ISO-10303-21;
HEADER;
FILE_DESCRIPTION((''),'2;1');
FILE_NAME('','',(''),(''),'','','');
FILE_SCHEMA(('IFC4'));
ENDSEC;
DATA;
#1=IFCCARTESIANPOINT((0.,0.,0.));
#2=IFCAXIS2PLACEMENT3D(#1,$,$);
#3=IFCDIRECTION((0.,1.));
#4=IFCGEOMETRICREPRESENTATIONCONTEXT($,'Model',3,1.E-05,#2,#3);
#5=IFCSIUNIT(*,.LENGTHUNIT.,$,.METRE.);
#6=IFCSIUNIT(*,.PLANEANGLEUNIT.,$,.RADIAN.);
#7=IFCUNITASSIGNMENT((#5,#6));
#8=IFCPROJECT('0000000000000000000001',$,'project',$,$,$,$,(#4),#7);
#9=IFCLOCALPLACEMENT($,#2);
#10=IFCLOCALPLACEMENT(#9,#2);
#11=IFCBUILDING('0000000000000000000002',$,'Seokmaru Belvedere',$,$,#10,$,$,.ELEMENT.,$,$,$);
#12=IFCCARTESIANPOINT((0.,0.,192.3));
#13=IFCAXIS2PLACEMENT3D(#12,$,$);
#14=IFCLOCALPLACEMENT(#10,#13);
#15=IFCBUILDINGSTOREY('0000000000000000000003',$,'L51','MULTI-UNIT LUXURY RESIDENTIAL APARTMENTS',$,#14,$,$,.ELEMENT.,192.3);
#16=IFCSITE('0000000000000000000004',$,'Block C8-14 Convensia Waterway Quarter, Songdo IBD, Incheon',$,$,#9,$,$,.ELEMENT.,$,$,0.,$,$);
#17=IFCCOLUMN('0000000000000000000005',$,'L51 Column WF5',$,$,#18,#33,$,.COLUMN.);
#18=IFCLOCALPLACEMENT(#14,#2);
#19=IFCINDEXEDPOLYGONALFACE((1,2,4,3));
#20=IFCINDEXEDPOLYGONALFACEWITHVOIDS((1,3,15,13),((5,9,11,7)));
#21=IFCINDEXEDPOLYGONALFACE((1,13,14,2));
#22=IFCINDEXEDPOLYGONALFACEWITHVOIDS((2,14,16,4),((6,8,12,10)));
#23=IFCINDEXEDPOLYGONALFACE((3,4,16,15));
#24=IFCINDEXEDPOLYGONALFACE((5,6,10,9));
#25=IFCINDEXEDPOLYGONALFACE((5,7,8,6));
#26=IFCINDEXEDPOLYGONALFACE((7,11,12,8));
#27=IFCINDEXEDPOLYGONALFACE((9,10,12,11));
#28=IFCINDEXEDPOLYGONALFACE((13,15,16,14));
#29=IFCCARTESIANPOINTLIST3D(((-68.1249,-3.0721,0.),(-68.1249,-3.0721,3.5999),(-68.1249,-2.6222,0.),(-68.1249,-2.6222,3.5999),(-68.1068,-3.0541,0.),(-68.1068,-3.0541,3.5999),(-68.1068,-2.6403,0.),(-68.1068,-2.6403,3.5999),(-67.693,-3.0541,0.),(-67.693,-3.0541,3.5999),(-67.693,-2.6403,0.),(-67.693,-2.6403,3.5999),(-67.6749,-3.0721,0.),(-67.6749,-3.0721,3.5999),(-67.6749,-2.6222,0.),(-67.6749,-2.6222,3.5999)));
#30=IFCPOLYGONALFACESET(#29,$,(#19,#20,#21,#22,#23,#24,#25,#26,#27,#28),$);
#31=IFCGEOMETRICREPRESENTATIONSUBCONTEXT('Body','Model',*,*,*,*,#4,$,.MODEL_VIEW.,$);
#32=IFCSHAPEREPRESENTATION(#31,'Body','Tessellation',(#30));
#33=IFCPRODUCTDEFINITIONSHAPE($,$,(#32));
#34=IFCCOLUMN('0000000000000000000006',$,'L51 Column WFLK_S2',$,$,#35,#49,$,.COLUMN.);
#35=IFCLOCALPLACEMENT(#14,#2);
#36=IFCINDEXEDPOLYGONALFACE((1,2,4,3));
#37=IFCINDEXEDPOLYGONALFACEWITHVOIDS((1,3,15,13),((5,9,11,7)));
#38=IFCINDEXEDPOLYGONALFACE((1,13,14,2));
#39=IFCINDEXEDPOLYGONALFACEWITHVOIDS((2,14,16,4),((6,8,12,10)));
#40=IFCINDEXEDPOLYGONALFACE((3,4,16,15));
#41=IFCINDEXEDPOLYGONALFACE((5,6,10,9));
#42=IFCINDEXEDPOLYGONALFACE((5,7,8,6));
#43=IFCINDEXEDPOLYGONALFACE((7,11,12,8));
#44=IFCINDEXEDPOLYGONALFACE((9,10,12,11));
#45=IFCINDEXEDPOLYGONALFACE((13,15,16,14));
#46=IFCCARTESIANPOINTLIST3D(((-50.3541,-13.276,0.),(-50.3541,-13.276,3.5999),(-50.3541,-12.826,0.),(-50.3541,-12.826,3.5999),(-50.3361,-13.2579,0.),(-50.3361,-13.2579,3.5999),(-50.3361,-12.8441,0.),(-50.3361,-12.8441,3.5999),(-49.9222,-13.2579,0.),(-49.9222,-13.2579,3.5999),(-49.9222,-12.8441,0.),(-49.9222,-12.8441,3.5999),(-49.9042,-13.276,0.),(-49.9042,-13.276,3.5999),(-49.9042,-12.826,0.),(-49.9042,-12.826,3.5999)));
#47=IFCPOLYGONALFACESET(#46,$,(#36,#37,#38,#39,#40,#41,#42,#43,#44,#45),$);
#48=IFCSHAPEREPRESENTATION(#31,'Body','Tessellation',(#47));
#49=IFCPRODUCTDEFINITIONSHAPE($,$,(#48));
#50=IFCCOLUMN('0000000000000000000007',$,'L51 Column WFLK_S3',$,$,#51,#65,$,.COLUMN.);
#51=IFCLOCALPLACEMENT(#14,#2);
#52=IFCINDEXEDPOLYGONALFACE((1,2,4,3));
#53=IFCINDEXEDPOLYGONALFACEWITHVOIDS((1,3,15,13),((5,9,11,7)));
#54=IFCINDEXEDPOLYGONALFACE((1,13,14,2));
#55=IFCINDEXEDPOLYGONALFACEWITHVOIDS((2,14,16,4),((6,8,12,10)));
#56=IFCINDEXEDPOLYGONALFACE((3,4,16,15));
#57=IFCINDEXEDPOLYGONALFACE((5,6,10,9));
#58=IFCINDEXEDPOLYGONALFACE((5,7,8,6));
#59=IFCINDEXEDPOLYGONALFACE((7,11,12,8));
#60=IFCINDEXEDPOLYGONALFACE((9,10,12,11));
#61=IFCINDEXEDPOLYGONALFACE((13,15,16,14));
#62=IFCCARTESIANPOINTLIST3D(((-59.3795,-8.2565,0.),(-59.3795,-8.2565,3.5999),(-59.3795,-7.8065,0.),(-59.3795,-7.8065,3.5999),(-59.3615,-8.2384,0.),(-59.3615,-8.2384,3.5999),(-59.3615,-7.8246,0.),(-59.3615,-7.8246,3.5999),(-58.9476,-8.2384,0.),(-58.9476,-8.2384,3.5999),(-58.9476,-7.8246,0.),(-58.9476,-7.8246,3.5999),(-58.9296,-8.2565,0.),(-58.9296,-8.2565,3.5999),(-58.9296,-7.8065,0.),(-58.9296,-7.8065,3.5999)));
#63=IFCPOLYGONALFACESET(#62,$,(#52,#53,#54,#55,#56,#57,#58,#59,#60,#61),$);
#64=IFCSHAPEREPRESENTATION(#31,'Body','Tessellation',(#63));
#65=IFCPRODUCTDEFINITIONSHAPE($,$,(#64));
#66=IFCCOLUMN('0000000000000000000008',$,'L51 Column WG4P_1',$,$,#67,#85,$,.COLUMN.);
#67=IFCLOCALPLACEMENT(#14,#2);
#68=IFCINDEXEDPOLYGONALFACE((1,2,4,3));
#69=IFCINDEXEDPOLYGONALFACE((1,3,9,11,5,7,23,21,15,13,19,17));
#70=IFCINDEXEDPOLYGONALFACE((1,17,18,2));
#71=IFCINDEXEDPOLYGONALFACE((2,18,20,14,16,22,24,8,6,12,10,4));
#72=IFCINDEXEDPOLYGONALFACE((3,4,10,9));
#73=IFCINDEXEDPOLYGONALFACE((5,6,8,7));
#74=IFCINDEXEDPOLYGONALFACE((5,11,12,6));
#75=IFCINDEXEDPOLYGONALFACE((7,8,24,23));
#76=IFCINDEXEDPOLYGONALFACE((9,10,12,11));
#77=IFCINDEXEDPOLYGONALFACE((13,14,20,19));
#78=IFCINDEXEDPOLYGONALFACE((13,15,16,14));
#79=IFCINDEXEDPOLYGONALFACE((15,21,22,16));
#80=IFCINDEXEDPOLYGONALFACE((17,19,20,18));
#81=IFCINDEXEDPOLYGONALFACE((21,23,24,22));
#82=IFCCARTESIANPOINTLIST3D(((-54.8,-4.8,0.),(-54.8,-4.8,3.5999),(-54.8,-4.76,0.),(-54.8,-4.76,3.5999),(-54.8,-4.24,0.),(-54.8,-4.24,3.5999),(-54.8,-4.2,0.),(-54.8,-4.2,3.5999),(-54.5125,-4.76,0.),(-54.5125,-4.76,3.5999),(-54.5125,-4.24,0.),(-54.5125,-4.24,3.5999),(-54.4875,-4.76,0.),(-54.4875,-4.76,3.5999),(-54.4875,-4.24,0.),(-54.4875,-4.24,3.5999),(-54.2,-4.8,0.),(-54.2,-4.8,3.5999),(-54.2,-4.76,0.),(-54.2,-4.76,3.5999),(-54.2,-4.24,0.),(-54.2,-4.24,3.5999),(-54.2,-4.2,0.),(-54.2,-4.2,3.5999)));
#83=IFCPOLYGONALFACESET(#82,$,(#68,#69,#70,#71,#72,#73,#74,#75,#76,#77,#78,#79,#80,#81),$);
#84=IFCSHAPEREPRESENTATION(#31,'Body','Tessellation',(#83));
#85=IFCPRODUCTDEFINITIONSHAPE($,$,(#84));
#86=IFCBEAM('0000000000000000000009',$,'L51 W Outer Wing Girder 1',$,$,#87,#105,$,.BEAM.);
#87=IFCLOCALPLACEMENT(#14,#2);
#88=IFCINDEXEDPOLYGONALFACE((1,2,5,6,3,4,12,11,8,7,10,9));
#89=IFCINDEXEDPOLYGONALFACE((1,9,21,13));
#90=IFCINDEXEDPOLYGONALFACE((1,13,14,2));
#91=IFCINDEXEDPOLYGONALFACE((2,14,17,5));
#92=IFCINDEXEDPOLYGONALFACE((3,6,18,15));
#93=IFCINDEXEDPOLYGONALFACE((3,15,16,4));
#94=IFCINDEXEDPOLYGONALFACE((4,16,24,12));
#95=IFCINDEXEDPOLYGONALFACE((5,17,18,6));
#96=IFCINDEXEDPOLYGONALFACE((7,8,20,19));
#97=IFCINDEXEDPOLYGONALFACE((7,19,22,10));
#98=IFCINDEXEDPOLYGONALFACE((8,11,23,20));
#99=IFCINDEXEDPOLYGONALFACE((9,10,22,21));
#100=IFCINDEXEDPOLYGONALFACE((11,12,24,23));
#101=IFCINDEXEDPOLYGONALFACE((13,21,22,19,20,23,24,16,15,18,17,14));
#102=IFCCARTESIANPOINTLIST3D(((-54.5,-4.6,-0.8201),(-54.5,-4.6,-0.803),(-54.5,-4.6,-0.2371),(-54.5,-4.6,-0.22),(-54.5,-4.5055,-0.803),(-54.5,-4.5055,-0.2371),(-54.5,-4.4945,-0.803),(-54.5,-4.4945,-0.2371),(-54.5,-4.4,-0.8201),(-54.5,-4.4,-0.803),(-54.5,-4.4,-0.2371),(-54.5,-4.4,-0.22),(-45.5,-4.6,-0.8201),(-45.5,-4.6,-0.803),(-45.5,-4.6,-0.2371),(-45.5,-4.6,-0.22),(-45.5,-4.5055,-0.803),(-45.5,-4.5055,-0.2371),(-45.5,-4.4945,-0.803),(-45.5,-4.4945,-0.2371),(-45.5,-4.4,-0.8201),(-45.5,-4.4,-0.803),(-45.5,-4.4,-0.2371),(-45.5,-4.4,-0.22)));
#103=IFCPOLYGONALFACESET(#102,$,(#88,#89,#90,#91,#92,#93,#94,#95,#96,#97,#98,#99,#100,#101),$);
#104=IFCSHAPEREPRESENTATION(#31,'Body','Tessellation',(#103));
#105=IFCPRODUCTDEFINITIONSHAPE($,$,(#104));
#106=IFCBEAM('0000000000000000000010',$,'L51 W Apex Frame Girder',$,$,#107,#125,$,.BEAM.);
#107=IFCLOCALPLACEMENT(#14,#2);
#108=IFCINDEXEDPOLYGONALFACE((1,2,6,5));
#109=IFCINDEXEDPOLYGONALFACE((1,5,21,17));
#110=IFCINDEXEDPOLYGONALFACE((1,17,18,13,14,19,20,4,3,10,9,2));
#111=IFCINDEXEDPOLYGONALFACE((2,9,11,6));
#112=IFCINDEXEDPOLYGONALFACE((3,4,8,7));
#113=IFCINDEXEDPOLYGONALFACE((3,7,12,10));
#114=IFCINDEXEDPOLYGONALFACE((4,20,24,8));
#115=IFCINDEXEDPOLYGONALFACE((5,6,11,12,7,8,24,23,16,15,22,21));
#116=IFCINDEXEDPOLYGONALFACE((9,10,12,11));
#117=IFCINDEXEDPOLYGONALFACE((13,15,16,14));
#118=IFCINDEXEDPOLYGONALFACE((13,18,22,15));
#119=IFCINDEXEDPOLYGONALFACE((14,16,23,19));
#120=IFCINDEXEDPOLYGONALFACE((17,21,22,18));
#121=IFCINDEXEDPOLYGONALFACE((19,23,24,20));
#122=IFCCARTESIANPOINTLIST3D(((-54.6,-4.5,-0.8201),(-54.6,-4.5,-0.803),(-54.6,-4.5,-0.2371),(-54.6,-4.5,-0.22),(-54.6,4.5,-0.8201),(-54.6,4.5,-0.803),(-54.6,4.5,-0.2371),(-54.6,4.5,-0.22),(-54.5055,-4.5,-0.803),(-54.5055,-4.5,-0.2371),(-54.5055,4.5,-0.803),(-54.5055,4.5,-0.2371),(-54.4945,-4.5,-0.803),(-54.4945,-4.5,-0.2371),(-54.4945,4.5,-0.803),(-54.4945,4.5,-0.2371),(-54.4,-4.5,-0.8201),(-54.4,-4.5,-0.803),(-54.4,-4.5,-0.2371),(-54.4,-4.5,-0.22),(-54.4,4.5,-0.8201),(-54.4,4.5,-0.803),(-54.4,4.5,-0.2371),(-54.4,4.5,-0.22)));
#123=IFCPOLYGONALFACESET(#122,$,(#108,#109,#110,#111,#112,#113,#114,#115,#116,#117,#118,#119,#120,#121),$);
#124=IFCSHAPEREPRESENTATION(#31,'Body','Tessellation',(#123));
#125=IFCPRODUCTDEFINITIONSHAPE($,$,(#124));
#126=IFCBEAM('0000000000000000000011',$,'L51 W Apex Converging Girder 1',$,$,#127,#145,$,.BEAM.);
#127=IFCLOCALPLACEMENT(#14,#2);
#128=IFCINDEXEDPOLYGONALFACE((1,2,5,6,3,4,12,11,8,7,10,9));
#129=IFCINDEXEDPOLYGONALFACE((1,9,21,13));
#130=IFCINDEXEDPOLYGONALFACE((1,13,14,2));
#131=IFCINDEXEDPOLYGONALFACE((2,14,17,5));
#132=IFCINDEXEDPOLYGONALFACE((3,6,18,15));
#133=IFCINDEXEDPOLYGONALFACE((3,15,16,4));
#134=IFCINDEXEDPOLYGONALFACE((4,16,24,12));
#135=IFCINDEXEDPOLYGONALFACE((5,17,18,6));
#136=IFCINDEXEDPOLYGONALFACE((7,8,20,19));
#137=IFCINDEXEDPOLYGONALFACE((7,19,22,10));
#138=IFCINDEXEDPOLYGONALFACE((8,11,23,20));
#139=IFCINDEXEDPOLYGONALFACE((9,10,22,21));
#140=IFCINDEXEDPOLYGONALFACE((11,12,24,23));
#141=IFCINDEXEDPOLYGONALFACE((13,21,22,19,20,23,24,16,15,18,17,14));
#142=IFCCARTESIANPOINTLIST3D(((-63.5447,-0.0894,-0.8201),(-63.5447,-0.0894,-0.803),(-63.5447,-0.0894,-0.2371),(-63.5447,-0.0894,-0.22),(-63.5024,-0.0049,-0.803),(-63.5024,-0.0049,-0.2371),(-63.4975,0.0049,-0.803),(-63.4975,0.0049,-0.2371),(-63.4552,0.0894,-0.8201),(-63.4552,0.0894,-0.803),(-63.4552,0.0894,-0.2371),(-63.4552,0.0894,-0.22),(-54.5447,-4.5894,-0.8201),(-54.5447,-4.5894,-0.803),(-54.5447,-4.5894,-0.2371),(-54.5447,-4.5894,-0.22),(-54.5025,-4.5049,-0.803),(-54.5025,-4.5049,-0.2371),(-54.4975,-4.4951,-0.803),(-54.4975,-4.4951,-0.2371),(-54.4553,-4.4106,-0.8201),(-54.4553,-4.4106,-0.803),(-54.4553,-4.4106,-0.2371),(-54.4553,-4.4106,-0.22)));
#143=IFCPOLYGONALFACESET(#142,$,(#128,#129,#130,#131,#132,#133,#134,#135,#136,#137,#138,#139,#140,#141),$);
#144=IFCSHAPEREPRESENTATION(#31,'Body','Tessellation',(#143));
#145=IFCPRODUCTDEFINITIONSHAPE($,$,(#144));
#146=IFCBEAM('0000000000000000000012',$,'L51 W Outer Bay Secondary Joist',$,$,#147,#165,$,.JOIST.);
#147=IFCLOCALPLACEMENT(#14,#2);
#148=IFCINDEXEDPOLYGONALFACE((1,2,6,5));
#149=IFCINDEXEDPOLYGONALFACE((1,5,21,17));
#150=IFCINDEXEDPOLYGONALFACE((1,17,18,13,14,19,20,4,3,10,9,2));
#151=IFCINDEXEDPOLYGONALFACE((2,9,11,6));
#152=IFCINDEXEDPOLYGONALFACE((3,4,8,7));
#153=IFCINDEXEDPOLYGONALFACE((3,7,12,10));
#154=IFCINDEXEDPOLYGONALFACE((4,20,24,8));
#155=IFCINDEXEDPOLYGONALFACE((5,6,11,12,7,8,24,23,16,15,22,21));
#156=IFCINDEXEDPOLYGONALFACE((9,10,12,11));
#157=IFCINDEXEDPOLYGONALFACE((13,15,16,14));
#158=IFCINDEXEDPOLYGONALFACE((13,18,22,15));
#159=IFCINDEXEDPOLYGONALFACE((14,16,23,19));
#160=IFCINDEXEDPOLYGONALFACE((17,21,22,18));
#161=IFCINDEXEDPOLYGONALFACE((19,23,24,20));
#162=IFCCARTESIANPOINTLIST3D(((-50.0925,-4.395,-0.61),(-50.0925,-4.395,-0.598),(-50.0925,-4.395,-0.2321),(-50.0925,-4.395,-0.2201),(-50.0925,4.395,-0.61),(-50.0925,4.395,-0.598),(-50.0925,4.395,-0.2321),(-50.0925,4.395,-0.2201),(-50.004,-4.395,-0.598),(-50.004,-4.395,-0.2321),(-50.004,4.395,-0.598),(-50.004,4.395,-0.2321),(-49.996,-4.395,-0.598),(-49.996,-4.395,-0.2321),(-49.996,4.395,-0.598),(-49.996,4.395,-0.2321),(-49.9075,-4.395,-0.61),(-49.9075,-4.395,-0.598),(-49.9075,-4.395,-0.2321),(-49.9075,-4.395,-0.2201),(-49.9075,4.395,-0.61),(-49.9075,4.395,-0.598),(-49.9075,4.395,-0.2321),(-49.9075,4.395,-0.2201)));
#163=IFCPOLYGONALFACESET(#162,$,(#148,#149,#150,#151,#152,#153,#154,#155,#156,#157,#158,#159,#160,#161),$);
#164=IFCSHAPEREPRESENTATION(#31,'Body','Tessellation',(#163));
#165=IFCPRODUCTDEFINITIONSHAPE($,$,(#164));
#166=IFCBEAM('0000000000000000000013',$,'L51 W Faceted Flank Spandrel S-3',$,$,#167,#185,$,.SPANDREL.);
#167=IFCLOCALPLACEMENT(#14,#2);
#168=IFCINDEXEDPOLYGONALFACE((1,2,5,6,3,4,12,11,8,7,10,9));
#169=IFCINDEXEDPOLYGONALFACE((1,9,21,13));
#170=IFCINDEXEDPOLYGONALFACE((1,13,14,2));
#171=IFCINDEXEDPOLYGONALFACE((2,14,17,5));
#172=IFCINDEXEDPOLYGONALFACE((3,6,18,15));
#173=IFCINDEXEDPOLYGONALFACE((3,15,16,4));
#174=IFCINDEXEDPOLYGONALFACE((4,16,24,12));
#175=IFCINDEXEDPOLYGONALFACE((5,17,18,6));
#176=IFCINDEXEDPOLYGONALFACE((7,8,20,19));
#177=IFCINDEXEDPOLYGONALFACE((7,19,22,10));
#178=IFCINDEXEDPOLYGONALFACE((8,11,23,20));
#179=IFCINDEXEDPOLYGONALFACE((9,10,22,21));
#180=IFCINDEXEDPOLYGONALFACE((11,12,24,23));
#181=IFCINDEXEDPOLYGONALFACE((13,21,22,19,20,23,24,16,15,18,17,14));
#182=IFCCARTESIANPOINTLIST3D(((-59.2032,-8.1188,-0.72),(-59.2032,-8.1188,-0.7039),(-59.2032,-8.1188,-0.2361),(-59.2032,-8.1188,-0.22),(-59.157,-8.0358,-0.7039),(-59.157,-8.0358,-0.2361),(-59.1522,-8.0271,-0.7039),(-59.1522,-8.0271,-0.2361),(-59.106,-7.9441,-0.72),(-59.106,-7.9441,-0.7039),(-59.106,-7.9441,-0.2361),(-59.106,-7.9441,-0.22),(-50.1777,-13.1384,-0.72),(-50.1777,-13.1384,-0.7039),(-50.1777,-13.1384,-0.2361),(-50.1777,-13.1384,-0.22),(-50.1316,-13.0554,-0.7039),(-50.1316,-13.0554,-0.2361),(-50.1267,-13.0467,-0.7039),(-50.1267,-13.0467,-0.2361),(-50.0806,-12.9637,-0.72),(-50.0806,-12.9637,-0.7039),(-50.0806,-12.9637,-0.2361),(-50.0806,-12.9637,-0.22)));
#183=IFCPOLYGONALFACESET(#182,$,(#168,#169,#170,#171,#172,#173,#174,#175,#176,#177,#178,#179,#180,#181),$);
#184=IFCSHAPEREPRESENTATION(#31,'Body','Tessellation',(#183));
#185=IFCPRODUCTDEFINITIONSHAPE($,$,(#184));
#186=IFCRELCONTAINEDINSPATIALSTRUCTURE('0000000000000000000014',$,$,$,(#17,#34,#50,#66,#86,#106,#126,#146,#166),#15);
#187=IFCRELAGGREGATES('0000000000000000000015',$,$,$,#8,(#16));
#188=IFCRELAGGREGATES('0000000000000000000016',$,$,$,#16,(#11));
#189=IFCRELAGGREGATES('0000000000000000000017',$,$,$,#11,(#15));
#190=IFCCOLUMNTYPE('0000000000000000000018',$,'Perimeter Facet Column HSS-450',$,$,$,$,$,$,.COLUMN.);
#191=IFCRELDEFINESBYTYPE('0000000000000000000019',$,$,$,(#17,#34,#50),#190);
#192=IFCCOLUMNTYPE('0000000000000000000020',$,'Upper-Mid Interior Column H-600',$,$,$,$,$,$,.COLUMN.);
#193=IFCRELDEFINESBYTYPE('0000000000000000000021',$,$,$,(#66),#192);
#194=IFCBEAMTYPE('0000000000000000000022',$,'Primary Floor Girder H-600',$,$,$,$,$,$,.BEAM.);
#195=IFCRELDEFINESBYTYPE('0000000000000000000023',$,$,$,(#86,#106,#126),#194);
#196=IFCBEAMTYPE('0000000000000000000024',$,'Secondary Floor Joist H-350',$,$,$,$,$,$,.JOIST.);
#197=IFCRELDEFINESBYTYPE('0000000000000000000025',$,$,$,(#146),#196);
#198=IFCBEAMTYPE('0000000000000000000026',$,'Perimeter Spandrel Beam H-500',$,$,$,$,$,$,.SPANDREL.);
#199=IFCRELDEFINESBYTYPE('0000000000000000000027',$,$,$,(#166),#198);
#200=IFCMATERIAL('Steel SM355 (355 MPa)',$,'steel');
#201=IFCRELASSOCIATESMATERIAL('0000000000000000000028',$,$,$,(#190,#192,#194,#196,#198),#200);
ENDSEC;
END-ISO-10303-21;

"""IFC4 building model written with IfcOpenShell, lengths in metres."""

from ifc_helpers import new_model, si_unit, direction, frame, origin, origin_2d, place, context, subcontext, project, spatial, hollow_rectangle, i_section, extrude, source, transform, mapped, material, material_profile, profile_set, type_object, type_shapes, element, save


model = new_model("IFC4")

# Units and contexts
model_context = context("Model", 3, precision=1e-05, world=origin(), true_north=direction((0.0, 1.0)))
body_context = subcontext(model_context, "Body", "Model", "MODEL_VIEW")
ifc_project = project(units=[si_unit("LENGTHUNIT", "METRE"), si_unit("PLANEANGLEUNIT", "RADIAN")], contexts=[model_context])

# Site, building, storey
site_placement = place(None, origin())
site = spatial("IfcSite", under=ifc_project, at=site_placement, Name="Block C8-14 Convensia Waterway Quarter, Songdo IBD, Incheon", CompositionType="ELEMENT", RefElevation=0.0)
building_placement = place(site_placement, origin())
building = spatial("IfcBuilding", under=site, at=building_placement, Name="Seokmaru Belvedere", CompositionType="ELEMENT")
storey_placement = place(building_placement, frame((0.0, 0.0, 192.3)))
storey = spatial("IfcBuildingStorey", under=building, at=storey_placement, Name="L51", Description="MULTI-UNIT LUXURY RESIDENTIAL APARTMENTS", CompositionType="ELEMENT", Elevation=192.3)

# Columns
ifc_material_1 = material(Name="Steel SM355 (355 MPa)", Category="steel")
ifc_material_profile_1 = material_profile(ifc_material_1, hollow_rectangle(XDim=0.45, YDim=0.45, WallThickness=0.0181, at=origin_2d()), Name="HSS-450x450x18")
ifc_profile_set_1 = profile_set([ifc_material_profile_1], Name="Steel SM355 (355 MPa)")
column_type_1 = type_object("IfcColumnType", Name="Perimeter Facet Column HSS-450", PredefinedType="COLUMN", material=ifc_profile_set_1)
shared_shape_1 = source(origin(), body_context, "Body", "SweptSolid", [
    extrude(hollow_rectangle(XDim=0.45, YDim=0.45, WallThickness=0.0181, at=origin_2d()), origin(), (0.0, 0.0, 1.0), 3.5999),
])
type_shapes(column_type_1, [shared_shape_1])
for number, where, z_axis, x_axis, name in (
    (1, (-67.8999, -2.8472, 0.0), (0.0, 0.0, 1.0), (1.0, 0.0, 0.0), "L51 Column WF5"),
    (2, (-50.1292, -13.051, 0.0), (0.0, 0.0, 1.0), (1.0, 0.0, 0.0), "L51 Column WFLK_S2"),
    (3, (-59.1545, -8.0315, 0.0), (0.0, 0.0, 1.0), (1.0, 0.0, 0.0), "L51 Column WFLK_S3"),
):
    element("IfcColumn", number, at=place(storey_placement, frame(where, z_axis=z_axis, x_axis=x_axis)), inside=storey, type_object=column_type_1, Name=name, PredefinedType="COLUMN", context=body_context, shape_type="MappedRepresentation", body=[
        mapped(shared_shape_1, transform((0.0, 0.0, 0.0), scale=1.0)),
    ])
ifc_material_profile_2 = material_profile(ifc_material_1, i_section(OverallWidth=0.6001, OverallDepth=0.6001, WebThickness=0.0249, FlangeThickness=0.04, at=origin_2d()), Name="H-600x600x25x40")
ifc_profile_set_2 = profile_set([ifc_material_profile_2], Name="Steel SM355 (355 MPa)")
column_type_2 = type_object("IfcColumnType", Name="Upper-Mid Interior Column H-600", PredefinedType="COLUMN", material=ifc_profile_set_2)
shared_shape_2 = source(origin(), body_context, "Body", "SweptSolid", [
    extrude(i_section(OverallWidth=0.6001, OverallDepth=0.6001, WebThickness=0.0249, FlangeThickness=0.04, at=origin_2d()), origin(), (0.0, 0.0, 1.0), 3.5999),
])
type_shapes(column_type_2, [shared_shape_2])
column_placement = place(storey_placement, frame((-54.5, -4.5, 0.0), z_axis=(0.0, 0.0, 1.0), x_axis=(1.0, 0.0, 0.0)))
element("IfcColumn", 4, at=column_placement, inside=storey, type_object=column_type_2, Name="L51 Column WG4P_1", PredefinedType="COLUMN", context=body_context, shape_type="MappedRepresentation", body=[
    mapped(shared_shape_2, transform((0.0, 0.0, 0.0), scale=1.0)),
])

# Beams
ifc_material_profile_3 = material_profile(ifc_material_1, i_section(OverallWidth=0.2, OverallDepth=0.6001, WebThickness=0.011, FlangeThickness=0.0171, at=origin_2d()), Name="H-600x200x11x17")
ifc_profile_set_3 = profile_set([ifc_material_profile_3], Name="Steel SM355 (355 MPa)")
beam_type_1 = type_object("IfcBeamType", Name="Primary Floor Girder H-600", PredefinedType="BEAM", material=ifc_profile_set_3)
shared_shape_3 = source(origin(), body_context, "Body", "SweptSolid", [
    extrude(i_section(OverallWidth=0.2, OverallDepth=0.6001, WebThickness=0.011, FlangeThickness=0.0171, at=origin_2d()), origin(), (0.0, 0.0, 1.0), 9.0),
])
for number, where, z_axis, x_axis, name in (
    (5, (-54.5, -4.5, -0.52), (1.0, 0.0, 0.0), (0.0, 1.0, 0.0), "L51 W Outer Wing Girder 1"),
    (6, (-54.5, -4.5, -0.52), (0.0, 1.0, 0.0), (-1.0, 0.0, 0.0), "L51 W Apex Frame Girder"),
):
    element("IfcBeam", number, at=place(storey_placement, frame(where, z_axis=z_axis, x_axis=x_axis)), inside=storey, type_object=beam_type_1, Name=name, PredefinedType="BEAM", context=body_context, shape_type="MappedRepresentation", body=[
        mapped(shared_shape_3, transform((0.0, 0.0, 0.0), scale=1.0)),
    ])
shared_shape_4 = source(origin(), body_context, "Body", "SweptSolid", [
    extrude(i_section(OverallWidth=0.2, OverallDepth=0.6001, WebThickness=0.011, FlangeThickness=0.0171, at=origin_2d()), origin(), (0.0, 0.0, 1.0), 10.0623),
])
beam_1_placement = place(storey_placement, frame((-54.5, -4.5, -0.52), z_axis=(-0.894427, 0.447214, 0.0), x_axis=(-0.447214, -0.894427, 0.0)))
element("IfcBeam", 7, at=beam_1_placement, inside=storey, type_object=beam_type_1, Name="L51 W Apex Converging Girder 1", PredefinedType="BEAM", context=body_context, shape_type="MappedRepresentation", body=[
    mapped(shared_shape_4, transform((0.0, 0.0, 0.0), scale=1.0)),
])
ifc_material_profile_4 = material_profile(ifc_material_1, i_section(OverallWidth=0.1851, OverallDepth=0.3899, WebThickness=0.0081, FlangeThickness=0.012, at=origin_2d()), Name="H-390x185x8x12")
ifc_profile_set_4 = profile_set([ifc_material_profile_4], Name="Steel SM355 (355 MPa)")
beam_type_2 = type_object("IfcBeamType", Name="Secondary Floor Joist H-350", PredefinedType="JOIST", material=ifc_profile_set_4)
shared_shape_5 = source(origin(), body_context, "Body", "SweptSolid", [
    extrude(i_section(OverallWidth=0.1851, OverallDepth=0.3899, WebThickness=0.0081, FlangeThickness=0.012, at=origin_2d()), origin(), (0.0, 0.0, 1.0), 8.79),
])
type_shapes(beam_type_2, [shared_shape_5])
beam_2_placement = place(storey_placement, frame((-50.0, -4.395, -0.415), z_axis=(0.0, 1.0, 0.0), x_axis=(-1.0, 0.0, 0.0)))
element("IfcBeam", 8, at=beam_2_placement, inside=storey, type_object=beam_type_2, Name="L51 W Outer Bay Secondary Joist", PredefinedType="JOIST", context=body_context, shape_type="MappedRepresentation", body=[
    mapped(shared_shape_5, transform((0.0, 0.0, 0.0), scale=1.0)),
])
ifc_material_profile_5 = material_profile(ifc_material_1, i_section(OverallWidth=0.2, OverallDepth=0.5, WebThickness=0.01, FlangeThickness=0.0161, at=origin_2d()), Name="H-500x200x10x16")
ifc_profile_set_5 = profile_set([ifc_material_profile_5], Name="Steel SM355 (355 MPa)")
beam_type_3 = type_object("IfcBeamType", Name="Perimeter Spandrel Beam H-500", PredefinedType="SPANDREL", material=ifc_profile_set_5)
shared_shape_6 = source(origin(), body_context, "Body", "SweptSolid", [
    extrude(i_section(OverallWidth=0.2, OverallDepth=0.5, WebThickness=0.01, FlangeThickness=0.0161, at=origin_2d()), origin(), (0.0, 0.0, 1.0), 10.3274),
])
beam_3_placement = place(storey_placement, frame((-50.1292, -13.051, -0.47), z_axis=(-0.873934, 0.486044, 0.0), x_axis=(-0.486044, -0.873934, 0.0)))
element("IfcBeam", 9, at=beam_3_placement, inside=storey, type_object=beam_type_3, Name="L51 W Faceted Flank Spandrel S-3", PredefinedType="SPANDREL", context=body_context, shape_type="MappedRepresentation", body=[
    mapped(shared_shape_6, transform((0.0, 0.0, 0.0), scale=1.0)),
])

save(model, "model.ifc")
